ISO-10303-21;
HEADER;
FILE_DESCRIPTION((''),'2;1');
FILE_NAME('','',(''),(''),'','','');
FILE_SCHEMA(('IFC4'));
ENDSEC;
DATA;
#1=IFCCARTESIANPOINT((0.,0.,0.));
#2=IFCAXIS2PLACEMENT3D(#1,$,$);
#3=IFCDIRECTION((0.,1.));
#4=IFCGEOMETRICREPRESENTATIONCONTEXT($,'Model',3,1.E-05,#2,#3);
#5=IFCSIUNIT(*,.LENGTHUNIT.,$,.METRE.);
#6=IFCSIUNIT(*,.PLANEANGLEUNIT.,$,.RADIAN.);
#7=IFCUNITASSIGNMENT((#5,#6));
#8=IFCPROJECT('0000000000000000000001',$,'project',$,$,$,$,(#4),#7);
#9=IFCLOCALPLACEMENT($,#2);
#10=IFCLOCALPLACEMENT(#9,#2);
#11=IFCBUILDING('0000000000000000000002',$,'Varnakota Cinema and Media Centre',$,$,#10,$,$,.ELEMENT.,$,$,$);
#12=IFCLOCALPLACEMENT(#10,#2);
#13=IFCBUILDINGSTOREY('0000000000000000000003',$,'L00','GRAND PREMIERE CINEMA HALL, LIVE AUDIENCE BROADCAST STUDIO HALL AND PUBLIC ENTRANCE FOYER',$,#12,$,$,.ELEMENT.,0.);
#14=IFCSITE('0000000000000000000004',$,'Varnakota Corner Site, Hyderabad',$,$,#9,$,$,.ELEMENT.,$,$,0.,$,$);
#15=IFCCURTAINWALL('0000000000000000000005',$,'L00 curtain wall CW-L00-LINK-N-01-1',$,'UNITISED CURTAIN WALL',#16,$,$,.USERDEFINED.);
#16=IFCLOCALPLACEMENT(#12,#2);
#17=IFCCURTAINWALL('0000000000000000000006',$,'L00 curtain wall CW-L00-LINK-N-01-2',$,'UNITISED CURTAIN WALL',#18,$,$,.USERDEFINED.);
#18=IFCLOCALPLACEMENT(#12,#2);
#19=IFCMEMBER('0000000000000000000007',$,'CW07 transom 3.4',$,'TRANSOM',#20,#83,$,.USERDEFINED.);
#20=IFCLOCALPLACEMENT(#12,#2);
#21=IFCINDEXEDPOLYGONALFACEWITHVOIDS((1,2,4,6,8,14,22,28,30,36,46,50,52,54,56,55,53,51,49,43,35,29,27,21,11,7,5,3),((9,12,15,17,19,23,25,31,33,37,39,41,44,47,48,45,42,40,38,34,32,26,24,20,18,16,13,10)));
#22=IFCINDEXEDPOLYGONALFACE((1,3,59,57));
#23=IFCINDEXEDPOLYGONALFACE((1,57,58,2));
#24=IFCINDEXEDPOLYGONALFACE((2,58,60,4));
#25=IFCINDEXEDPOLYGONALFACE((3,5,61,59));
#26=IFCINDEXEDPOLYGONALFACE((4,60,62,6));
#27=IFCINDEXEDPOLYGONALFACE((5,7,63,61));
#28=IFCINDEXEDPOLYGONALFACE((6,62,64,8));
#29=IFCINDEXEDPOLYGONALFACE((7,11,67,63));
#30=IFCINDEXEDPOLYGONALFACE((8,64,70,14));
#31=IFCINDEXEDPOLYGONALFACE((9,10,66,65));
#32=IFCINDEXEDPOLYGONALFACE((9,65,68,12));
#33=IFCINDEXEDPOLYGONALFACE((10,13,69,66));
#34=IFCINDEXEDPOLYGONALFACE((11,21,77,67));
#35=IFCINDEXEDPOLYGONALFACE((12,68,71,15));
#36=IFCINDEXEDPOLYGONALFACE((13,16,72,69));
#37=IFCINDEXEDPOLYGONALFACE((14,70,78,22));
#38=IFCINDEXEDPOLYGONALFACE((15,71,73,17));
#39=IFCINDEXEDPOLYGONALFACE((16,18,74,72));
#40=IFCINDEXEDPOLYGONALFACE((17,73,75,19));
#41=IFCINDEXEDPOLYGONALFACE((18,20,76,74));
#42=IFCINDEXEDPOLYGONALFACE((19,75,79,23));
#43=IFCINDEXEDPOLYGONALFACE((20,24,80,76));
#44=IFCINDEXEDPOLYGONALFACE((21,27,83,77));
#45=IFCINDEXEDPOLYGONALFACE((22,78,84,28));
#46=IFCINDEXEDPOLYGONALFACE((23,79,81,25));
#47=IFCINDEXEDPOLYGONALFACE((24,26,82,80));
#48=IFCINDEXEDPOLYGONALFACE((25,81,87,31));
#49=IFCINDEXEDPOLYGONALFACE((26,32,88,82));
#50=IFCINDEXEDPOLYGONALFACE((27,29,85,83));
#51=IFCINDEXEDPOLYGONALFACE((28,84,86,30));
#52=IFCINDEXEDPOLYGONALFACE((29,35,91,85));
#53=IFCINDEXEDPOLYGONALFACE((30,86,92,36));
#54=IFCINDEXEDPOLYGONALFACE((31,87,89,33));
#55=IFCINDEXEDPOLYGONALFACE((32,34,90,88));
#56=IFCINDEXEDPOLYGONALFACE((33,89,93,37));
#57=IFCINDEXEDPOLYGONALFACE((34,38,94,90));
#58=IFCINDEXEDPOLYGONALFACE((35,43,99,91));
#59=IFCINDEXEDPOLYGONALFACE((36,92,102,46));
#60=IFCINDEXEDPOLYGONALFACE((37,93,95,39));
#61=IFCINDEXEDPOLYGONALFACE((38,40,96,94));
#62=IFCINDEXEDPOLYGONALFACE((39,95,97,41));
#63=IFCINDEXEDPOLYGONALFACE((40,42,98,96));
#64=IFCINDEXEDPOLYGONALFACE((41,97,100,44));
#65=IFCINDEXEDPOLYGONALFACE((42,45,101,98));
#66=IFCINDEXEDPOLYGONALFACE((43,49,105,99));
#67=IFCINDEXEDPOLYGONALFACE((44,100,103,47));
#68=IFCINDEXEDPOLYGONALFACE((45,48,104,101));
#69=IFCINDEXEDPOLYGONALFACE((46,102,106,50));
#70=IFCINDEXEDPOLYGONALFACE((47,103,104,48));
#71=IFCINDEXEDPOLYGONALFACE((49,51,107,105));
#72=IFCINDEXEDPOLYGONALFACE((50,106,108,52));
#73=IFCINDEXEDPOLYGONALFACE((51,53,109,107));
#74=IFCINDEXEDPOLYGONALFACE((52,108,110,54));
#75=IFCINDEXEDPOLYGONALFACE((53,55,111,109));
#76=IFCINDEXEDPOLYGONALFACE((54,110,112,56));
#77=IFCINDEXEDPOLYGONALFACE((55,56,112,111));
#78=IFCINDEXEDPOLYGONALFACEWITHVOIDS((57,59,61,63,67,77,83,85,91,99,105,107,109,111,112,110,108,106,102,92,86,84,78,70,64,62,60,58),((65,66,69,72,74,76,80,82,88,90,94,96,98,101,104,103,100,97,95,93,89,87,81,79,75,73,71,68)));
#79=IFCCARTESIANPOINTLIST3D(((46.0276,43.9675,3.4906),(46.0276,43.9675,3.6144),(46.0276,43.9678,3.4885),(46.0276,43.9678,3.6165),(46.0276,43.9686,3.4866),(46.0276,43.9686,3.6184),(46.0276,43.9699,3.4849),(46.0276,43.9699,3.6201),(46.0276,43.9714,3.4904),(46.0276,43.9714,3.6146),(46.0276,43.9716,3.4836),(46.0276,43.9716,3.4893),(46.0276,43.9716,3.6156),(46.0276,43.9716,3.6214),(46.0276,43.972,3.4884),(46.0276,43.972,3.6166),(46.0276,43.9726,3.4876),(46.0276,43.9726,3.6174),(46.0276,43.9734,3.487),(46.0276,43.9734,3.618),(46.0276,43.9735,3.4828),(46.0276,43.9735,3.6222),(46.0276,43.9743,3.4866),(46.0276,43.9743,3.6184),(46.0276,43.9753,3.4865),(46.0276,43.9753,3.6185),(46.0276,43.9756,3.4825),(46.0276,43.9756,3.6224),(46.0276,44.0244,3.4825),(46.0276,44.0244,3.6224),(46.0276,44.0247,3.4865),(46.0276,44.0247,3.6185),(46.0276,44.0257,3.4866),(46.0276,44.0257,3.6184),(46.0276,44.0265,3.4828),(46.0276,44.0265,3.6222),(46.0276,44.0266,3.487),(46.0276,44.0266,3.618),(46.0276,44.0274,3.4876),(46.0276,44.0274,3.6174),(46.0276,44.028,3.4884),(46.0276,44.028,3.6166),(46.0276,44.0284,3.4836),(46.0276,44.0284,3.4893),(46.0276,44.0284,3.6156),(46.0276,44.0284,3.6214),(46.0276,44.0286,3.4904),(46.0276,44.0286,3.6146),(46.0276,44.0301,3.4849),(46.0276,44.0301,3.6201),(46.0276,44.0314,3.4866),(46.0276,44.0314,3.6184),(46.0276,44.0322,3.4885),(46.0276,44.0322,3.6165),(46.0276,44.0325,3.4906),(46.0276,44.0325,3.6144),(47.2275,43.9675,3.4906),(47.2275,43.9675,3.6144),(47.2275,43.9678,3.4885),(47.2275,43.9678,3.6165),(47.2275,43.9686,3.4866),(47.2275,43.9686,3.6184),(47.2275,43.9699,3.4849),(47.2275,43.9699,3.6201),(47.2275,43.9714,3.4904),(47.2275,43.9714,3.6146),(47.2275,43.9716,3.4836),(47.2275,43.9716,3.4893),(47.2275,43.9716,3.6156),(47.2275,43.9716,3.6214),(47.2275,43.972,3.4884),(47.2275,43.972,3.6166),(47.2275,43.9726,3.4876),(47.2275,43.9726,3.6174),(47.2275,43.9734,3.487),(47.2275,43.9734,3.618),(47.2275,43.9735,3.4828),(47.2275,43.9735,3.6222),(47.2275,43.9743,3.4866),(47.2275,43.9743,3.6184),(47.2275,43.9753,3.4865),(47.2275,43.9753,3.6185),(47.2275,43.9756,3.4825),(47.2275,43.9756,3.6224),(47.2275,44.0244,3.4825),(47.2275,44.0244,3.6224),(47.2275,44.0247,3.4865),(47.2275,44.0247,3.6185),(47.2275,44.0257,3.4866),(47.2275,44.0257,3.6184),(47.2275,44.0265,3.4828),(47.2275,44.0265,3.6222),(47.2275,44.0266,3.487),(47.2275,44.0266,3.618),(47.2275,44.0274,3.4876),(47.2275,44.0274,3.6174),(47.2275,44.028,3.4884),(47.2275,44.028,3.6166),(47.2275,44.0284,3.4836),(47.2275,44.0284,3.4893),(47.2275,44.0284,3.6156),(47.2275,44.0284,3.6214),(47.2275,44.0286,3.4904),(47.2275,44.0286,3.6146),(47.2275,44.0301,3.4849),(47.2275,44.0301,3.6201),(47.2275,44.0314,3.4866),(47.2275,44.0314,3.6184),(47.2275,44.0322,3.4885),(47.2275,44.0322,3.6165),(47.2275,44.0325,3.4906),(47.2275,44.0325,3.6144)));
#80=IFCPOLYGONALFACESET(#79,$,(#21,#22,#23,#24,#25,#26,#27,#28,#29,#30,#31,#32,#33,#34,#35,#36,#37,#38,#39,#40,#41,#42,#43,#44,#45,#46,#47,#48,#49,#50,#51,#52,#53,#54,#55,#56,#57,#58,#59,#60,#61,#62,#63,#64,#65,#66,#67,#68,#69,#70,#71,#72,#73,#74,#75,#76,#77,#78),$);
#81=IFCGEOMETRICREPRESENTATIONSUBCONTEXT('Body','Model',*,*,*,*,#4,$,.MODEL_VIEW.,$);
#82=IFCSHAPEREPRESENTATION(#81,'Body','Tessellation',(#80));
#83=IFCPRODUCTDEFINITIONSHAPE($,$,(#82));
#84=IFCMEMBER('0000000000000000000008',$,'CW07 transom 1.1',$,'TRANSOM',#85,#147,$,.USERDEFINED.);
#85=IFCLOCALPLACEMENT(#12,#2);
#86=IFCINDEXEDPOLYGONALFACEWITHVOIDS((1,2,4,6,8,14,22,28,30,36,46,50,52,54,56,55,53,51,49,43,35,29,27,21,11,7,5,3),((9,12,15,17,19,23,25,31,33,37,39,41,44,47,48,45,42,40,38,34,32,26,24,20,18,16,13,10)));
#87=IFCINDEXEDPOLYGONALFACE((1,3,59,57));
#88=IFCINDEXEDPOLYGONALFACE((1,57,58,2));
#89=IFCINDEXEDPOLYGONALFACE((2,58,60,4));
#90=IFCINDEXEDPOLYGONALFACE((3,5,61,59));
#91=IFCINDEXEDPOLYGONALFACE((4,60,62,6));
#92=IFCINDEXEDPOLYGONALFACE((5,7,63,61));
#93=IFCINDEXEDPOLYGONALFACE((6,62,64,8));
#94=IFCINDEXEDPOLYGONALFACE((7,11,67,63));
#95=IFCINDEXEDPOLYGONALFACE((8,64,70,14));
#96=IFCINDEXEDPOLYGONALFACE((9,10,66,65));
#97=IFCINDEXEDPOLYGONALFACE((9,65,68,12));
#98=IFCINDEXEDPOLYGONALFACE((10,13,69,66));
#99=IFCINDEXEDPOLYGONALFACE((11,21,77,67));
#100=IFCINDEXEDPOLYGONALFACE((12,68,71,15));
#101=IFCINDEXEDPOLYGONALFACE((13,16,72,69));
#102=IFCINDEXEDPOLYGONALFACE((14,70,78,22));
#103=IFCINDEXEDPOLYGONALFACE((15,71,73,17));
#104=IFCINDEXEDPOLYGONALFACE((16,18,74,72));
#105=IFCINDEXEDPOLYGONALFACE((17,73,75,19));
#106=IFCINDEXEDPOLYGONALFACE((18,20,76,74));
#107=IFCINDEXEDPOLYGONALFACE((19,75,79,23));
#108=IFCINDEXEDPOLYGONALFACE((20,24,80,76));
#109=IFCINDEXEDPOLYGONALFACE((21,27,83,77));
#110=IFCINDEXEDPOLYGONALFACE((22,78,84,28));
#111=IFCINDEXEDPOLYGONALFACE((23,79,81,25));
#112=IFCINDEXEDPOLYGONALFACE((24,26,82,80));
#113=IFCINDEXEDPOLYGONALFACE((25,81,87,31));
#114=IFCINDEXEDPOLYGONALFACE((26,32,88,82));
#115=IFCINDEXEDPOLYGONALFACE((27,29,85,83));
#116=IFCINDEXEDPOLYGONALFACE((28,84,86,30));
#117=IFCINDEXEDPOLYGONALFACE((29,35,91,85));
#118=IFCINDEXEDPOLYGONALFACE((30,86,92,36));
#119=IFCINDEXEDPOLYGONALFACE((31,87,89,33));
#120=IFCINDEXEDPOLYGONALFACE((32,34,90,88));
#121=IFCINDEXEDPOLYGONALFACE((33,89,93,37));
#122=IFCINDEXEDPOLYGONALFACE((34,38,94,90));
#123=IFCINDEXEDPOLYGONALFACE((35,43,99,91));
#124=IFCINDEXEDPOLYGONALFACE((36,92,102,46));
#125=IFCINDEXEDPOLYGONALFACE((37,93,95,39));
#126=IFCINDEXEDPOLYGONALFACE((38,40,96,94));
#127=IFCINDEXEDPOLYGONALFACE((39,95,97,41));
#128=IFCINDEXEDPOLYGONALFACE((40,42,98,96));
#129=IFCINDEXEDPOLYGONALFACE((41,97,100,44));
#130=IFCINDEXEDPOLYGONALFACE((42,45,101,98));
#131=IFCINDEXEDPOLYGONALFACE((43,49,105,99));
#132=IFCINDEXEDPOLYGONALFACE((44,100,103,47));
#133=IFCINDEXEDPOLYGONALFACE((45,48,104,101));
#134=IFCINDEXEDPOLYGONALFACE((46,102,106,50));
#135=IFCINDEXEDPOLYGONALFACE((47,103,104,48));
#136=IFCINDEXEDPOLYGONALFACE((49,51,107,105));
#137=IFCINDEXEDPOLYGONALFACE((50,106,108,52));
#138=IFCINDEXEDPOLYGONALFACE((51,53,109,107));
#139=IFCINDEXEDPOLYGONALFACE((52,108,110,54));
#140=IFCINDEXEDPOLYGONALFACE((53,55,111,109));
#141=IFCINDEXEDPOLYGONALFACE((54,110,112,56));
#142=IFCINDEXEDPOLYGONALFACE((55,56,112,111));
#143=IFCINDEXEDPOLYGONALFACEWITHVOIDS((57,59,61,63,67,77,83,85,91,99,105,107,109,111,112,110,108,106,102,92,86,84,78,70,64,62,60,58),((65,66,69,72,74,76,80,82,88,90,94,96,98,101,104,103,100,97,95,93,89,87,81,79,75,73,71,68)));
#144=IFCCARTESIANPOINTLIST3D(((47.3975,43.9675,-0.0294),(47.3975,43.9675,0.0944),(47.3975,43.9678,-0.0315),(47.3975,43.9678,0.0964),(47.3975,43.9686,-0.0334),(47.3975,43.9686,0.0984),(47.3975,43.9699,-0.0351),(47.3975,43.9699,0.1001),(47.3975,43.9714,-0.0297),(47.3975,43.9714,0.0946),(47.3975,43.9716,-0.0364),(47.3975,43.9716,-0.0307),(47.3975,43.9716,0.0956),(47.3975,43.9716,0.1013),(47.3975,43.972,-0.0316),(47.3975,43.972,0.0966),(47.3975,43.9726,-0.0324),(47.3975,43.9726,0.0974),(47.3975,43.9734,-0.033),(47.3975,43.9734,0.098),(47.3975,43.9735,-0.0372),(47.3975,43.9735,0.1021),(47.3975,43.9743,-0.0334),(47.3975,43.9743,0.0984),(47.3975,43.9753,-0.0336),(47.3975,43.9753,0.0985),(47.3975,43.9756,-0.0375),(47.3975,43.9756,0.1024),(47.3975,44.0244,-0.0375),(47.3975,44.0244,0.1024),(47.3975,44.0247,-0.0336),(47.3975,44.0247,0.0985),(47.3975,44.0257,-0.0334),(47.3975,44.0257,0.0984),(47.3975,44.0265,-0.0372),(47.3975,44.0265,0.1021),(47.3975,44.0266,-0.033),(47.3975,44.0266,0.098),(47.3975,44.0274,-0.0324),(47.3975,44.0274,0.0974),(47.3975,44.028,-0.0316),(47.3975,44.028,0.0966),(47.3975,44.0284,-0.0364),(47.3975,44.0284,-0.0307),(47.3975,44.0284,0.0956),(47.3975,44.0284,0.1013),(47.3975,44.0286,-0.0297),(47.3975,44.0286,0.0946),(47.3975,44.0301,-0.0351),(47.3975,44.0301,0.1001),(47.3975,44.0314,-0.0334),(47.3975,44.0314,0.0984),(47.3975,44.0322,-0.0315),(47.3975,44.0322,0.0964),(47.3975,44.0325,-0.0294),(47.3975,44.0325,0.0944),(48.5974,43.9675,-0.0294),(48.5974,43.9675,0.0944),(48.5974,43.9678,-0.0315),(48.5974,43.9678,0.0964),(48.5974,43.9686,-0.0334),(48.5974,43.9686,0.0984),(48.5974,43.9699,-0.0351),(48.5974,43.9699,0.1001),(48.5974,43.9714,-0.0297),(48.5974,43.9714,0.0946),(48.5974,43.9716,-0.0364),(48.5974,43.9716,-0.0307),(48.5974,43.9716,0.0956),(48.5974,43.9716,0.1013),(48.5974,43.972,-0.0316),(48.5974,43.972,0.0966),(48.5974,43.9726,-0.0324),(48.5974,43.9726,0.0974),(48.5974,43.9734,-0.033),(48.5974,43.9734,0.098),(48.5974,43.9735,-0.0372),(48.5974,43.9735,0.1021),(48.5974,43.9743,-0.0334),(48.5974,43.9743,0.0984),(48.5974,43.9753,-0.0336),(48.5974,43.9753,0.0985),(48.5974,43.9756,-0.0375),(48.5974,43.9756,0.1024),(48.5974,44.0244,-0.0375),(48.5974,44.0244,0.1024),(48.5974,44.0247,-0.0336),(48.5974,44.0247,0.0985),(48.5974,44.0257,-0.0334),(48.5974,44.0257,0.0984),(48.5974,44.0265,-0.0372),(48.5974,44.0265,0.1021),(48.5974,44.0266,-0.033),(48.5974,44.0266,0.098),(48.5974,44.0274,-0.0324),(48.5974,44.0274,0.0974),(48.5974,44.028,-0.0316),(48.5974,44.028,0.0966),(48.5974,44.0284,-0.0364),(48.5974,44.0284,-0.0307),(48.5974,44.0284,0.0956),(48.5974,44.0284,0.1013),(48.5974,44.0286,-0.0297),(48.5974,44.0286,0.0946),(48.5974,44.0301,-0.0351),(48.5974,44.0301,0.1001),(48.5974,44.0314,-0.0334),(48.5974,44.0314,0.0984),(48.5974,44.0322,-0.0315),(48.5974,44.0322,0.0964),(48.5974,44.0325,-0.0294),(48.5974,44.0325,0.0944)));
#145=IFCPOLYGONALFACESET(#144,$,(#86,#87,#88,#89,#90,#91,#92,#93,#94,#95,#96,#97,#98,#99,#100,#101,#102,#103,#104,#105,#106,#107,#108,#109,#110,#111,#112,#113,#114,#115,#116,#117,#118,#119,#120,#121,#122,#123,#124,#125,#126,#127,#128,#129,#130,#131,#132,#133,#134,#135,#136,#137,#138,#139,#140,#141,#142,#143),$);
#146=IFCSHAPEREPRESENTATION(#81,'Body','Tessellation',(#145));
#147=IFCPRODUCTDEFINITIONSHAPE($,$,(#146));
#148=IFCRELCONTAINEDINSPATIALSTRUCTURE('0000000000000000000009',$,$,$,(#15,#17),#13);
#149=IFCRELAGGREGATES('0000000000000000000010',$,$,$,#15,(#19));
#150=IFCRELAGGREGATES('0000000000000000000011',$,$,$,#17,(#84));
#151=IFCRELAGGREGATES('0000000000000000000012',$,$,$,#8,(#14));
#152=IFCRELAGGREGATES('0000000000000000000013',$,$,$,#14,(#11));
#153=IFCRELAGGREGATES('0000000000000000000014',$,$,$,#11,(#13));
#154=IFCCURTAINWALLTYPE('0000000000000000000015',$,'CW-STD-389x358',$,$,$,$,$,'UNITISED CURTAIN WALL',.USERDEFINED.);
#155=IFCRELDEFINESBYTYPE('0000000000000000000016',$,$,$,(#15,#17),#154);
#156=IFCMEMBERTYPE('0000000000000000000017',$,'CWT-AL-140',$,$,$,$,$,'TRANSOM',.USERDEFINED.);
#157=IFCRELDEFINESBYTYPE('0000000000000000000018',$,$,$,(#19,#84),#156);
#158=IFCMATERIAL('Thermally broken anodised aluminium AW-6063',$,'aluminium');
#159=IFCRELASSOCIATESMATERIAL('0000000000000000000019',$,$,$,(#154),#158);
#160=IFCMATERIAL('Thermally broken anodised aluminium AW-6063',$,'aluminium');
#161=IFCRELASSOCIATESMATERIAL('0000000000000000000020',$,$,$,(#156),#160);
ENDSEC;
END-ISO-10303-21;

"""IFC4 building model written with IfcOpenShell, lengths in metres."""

from ifc_helpers import new_model, si_unit, direction, frame, origin, origin_2d, place, context, subcontext, project, spatial, hollow_rectangle, extrude, material, material_profile, profile_set, type_object, element, aggregate, save


model = new_model("IFC4")

# Units and contexts
model_context = context("Model", 3, precision=1e-05, world=origin(), true_north=direction((0.0, 1.0)))
body_context = subcontext(model_context, "Body", "Model", "MODEL_VIEW")
ifc_project = project(units=[si_unit("LENGTHUNIT", "METRE"), si_unit("PLANEANGLEUNIT", "RADIAN")], contexts=[model_context])

# Site, building, storey
site_placement = place(None, origin())
site = spatial("IfcSite", under=ifc_project, at=site_placement, Name="Varnakota Corner Site, Hyderabad", CompositionType="ELEMENT", RefElevation=0.0)
building_placement = place(site_placement, origin())
building = spatial("IfcBuilding", under=site, at=building_placement, Name="Varnakota Cinema and Media Centre", CompositionType="ELEMENT")
storey_placement = place(building_placement, origin())
storey = spatial("IfcBuildingStorey", under=building, at=storey_placement, Name="L00", Description="GRAND PREMIERE CINEMA HALL, LIVE AUDIENCE BROADCAST STUDIO HALL AND PUBLIC ENTRANCE FOYER", CompositionType="ELEMENT", Elevation=0.0)

# Curtain wall
ifc_material_1 = material(Name="Thermally broken anodised aluminium AW-6063", Category="aluminium")
curtain_wall_type = type_object("IfcCurtainWallType", Name="CW-STD-389x358", ElementType="UNITISED CURTAIN WALL", PredefinedType="USERDEFINED", material=ifc_material_1)
curtain_wall_1_placement = place(storey_placement, origin())
curtain_wall_1 = element("IfcCurtainWall", 1, at=curtain_wall_1_placement, inside=storey, type_object=curtain_wall_type, Name="L00 curtain wall CW-L00-LINK-N-01-1", ObjectType="UNITISED CURTAIN WALL", PredefinedType="USERDEFINED")

# Curtain wall
curtain_wall_2_placement = place(storey_placement, origin())
curtain_wall_2 = element("IfcCurtainWall", 2, at=curtain_wall_2_placement, inside=storey, type_object=curtain_wall_type, Name="L00 curtain wall CW-L00-LINK-N-01-2", ObjectType="UNITISED CURTAIN WALL", PredefinedType="USERDEFINED")

# Members
ifc_material_2 = material(Name="Thermally broken anodised aluminium AW-6063", Category="aluminium")
ifc_material_profile_1 = material_profile(ifc_material_2, hollow_rectangle(XDim=0.0649, YDim=0.1399, WallThickness=0.0039, InnerFilletRadius=0.0039, OuterFilletRadius=0.0081, at=origin_2d()), Name="AL-TRANSOM 140x65x4")
ifc_profile_set_1 = profile_set([ifc_material_profile_1], Name="Thermally broken anodised aluminium AW-6063")
member_type_1 = type_object("IfcMemberType", Name="CWT-AL-140", ElementType="TRANSOM", PredefinedType="USERDEFINED", material=ifc_profile_set_1)
member_1_placement = place(storey_placement, frame((46.0276, 44.0, 3.5525), z_axis=(1.0, 0.0, 0.0), x_axis=(0.0, 1.0, 0.0)))
member_1 = element("IfcMember", 3, at=member_1_placement, type_object=member_type_1, Name="CW07 transom 3.4", ObjectType="TRANSOM", PredefinedType="USERDEFINED", context=body_context, shape_type="SweptSolid", body=[
    extrude(hollow_rectangle(XDim=0.0649, YDim=0.1399, WallThickness=0.0039, InnerFilletRadius=0.0039, OuterFilletRadius=0.0081, at=origin_2d()), origin(), (0.0, 0.0, 1.0), 1.2),
])
member_2_placement = place(storey_placement, frame((47.3975, 44.0, 0.0325), z_axis=(1.0, 0.0, 0.0), x_axis=(0.0, 1.0, 0.0)))
member_2 = element("IfcMember", 4, at=member_2_placement, type_object=member_type_1, Name="CW07 transom 1.1", ObjectType="TRANSOM", PredefinedType="USERDEFINED", context=body_context, shape_type="SweptSolid", body=[
    extrude(hollow_rectangle(XDim=0.0649, YDim=0.1399, WallThickness=0.0039, InnerFilletRadius=0.0039, OuterFilletRadius=0.0081, at=origin_2d()), origin(), (0.0, 0.0, 1.0), 1.2),
])

aggregate(curtain_wall_1, [member_1])
aggregate(curtain_wall_2, [member_2])

save(model, "model.ifc")
